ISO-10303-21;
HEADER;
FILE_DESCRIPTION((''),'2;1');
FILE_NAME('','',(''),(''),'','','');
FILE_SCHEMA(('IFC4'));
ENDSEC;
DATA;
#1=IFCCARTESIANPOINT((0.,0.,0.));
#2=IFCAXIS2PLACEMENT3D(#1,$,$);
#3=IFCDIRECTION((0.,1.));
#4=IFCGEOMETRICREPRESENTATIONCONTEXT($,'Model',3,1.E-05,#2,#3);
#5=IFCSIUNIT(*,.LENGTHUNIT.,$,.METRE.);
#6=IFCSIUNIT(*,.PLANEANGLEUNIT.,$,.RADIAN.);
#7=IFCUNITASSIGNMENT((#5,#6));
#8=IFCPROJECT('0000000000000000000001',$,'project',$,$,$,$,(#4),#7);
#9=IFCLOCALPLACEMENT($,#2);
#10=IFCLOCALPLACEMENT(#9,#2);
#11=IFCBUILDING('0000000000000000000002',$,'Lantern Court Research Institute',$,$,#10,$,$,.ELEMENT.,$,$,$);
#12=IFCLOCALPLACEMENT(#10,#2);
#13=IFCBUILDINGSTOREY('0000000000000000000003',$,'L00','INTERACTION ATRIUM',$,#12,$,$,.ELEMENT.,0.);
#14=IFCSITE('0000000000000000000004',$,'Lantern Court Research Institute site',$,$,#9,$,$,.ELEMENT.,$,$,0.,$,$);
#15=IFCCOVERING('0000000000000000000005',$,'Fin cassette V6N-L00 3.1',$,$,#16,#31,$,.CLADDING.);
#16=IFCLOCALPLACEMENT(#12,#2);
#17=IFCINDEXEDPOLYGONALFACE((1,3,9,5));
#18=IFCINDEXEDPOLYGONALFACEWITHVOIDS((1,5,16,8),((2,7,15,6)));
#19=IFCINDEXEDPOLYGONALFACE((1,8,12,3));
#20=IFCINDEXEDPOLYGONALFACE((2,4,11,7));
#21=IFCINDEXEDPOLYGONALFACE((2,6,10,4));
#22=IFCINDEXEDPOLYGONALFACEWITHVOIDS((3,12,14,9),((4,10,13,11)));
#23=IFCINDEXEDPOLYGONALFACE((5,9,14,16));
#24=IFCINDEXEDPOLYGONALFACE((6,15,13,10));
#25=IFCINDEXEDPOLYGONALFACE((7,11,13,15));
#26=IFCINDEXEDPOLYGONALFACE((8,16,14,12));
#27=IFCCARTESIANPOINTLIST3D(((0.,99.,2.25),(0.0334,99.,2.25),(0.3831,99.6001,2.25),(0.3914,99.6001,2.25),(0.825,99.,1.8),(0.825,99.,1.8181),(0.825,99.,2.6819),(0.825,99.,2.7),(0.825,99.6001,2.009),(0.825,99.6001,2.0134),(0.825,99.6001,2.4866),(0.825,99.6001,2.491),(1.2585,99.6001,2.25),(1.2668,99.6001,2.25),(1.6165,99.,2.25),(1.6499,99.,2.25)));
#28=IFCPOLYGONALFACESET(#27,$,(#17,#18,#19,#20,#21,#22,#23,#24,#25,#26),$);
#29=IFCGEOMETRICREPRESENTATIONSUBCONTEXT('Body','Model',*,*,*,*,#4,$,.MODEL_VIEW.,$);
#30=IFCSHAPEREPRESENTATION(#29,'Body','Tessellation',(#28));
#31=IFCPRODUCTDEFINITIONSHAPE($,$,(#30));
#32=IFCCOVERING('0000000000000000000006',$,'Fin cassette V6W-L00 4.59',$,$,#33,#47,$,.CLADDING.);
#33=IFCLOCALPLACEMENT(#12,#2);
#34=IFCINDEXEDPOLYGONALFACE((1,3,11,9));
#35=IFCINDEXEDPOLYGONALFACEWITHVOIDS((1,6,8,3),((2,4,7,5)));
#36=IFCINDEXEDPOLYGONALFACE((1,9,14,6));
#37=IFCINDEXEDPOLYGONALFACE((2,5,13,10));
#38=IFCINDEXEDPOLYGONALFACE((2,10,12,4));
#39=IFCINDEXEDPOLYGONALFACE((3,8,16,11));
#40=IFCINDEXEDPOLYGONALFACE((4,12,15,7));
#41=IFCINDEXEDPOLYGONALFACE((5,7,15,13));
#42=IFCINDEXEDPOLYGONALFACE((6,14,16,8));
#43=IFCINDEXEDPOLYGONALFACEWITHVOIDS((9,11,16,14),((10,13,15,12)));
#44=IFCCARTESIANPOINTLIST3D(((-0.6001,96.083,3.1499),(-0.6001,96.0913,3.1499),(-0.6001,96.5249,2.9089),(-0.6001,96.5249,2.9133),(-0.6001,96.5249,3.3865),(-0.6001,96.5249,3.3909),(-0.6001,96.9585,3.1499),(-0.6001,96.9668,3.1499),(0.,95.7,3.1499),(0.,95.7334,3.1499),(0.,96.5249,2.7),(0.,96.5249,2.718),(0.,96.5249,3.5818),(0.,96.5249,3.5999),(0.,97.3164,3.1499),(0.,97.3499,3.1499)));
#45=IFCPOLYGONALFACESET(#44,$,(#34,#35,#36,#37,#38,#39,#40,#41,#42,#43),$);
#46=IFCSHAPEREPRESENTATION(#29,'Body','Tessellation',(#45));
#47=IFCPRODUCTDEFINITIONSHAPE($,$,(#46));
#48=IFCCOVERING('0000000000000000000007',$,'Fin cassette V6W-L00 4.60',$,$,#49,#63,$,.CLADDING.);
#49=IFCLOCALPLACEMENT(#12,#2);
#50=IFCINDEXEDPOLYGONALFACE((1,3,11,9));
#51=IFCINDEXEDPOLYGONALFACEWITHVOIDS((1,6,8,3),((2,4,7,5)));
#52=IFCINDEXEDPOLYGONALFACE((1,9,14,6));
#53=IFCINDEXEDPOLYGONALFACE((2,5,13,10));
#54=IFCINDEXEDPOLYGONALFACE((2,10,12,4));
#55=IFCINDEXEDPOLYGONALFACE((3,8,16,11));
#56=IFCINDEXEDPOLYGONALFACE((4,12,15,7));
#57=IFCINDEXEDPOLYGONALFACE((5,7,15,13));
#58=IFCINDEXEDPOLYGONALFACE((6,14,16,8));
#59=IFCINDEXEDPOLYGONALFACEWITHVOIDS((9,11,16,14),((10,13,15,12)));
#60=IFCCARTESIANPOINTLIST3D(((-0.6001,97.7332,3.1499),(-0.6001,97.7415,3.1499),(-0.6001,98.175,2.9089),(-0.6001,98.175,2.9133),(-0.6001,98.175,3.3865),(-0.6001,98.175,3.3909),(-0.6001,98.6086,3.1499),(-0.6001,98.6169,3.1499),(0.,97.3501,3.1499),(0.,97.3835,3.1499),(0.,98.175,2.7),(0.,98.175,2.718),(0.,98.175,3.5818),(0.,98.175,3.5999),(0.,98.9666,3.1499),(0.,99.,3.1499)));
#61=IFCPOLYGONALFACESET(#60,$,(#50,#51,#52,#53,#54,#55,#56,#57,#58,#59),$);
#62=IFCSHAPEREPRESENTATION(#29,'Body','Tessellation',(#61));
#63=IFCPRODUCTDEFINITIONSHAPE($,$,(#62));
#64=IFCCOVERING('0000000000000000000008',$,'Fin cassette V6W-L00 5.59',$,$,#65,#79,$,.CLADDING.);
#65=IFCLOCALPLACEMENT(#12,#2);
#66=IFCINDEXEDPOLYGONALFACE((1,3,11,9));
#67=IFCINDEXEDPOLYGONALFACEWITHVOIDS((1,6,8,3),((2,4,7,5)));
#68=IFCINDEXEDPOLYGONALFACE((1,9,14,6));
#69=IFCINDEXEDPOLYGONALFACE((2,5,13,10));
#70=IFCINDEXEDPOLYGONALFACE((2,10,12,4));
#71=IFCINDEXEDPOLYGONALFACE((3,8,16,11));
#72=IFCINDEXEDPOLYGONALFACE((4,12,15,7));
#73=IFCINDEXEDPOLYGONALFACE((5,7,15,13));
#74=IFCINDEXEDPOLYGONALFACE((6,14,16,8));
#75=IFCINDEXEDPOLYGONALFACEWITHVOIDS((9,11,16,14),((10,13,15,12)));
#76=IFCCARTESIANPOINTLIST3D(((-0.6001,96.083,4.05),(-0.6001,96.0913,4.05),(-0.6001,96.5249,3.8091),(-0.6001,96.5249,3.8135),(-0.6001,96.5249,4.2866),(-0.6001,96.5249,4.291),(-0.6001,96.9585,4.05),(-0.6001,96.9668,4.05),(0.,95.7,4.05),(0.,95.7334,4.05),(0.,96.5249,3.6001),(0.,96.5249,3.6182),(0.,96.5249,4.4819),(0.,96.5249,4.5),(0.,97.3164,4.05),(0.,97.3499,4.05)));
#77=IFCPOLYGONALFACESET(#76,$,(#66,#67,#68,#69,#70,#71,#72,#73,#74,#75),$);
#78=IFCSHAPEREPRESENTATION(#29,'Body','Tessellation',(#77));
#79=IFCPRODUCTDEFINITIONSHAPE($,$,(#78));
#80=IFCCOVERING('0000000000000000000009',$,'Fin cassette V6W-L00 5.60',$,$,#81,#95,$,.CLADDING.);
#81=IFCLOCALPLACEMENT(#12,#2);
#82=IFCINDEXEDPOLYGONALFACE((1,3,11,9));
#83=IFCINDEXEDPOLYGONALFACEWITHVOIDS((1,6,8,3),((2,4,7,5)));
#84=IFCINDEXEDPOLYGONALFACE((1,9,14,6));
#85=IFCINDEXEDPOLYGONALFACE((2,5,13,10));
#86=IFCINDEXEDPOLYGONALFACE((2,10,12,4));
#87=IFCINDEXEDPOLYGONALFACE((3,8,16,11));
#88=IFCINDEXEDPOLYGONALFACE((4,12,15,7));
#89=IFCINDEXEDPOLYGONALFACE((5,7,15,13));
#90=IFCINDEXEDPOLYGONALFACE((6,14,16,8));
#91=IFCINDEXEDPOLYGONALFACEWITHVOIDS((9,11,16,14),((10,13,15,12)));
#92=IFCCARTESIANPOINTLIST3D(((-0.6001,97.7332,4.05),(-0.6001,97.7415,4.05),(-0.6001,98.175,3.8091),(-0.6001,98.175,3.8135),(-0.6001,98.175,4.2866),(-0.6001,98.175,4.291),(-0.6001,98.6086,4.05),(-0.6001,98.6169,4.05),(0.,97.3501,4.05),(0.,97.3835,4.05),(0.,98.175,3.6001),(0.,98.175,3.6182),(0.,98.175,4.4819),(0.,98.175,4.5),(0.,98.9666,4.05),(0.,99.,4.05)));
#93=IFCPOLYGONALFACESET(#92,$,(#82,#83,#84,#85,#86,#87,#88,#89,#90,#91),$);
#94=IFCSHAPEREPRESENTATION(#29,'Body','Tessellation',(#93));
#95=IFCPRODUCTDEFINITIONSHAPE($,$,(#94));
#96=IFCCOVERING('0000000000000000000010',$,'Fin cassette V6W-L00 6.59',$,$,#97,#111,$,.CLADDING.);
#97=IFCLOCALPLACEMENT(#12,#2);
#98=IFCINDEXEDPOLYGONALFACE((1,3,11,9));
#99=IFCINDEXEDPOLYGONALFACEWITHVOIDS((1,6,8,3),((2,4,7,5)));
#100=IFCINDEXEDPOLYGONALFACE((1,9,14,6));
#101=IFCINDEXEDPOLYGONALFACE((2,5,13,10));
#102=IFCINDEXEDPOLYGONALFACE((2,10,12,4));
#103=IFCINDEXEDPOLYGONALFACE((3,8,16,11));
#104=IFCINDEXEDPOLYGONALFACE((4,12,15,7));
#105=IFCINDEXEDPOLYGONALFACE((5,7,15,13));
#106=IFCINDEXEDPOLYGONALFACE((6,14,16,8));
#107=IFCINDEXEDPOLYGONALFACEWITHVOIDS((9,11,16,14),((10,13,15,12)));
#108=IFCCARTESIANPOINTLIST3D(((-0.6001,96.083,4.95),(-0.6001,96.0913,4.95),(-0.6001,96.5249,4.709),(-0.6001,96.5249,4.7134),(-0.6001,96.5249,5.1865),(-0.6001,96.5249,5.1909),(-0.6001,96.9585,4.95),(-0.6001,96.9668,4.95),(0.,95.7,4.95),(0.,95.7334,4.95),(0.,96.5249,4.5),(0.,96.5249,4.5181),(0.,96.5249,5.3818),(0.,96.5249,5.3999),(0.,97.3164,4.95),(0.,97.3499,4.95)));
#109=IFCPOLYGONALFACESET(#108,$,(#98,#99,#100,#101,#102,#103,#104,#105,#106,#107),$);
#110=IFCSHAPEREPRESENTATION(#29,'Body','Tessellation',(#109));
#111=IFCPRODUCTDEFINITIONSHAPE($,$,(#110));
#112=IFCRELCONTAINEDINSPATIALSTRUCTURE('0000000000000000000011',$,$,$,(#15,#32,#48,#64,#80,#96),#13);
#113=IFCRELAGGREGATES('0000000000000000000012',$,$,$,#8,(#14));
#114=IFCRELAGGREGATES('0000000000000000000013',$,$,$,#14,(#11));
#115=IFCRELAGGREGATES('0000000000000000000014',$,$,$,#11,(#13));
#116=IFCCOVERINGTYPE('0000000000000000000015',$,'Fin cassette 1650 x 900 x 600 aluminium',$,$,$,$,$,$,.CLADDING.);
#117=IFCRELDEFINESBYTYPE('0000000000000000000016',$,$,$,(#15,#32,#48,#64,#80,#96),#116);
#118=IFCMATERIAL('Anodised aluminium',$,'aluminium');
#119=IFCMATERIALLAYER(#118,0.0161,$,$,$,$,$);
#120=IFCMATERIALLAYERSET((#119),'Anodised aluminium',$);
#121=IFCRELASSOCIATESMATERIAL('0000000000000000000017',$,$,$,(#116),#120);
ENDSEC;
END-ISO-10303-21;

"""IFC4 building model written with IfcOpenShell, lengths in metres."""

from ifc_helpers import new_model, entity, si_unit, direction, frame, origin, place, context, subcontext, project, spatial, material, layer, layer_set, type_object, element, save


model = new_model("IFC4")

# Units and contexts
model_context = context("Model", 3, precision=1e-05, world=origin(), true_north=direction((0.0, 1.0)))
body_context = subcontext(model_context, "Body", "Model", "MODEL_VIEW")
ifc_project = project(units=[si_unit("LENGTHUNIT", "METRE"), si_unit("PLANEANGLEUNIT", "RADIAN")], contexts=[model_context])

# Site, building, storey
site_placement = place(None, origin())
site = spatial("IfcSite", under=ifc_project, at=site_placement, Name="Lantern Court Research Institute site", CompositionType="ELEMENT", RefElevation=0.0)
building_placement = place(site_placement, origin())
building = spatial("IfcBuilding", under=site, at=building_placement, Name="Lantern Court Research Institute", CompositionType="ELEMENT")
storey_placement = place(building_placement, origin())
storey = spatial("IfcBuildingStorey", under=building, at=storey_placement, Name="L00", Description="INTERACTION ATRIUM", CompositionType="ELEMENT", Elevation=0.0)

# Coverings
ifc_material_1 = material(Name="Anodised aluminium", Category="aluminium")
ifc_layer_1 = layer(ifc_material_1, 0.0161)
ifc_layer_set_1 = layer_set([ifc_layer_1], Name="Anodised aluminium")
covering_type = type_object("IfcCoveringType", Name="Fin cassette 1650 x 900 x 600 aluminium", PredefinedType="CLADDING", material=ifc_layer_set_1)
covering_1_placement = place(storey_placement, frame((0.825, 99.0, 2.25), z_axis=(0.0, 1.0, 0.0), x_axis=(-1.0, 0.0, 0.0)))
cartesian_point_1 = entity("IfcCartesianPoint", [0.825, 0.0])
cartesian_point_2 = entity("IfcCartesianPoint", [0.7915, 0.0])
cartesian_point_3 = entity("IfcCartesianPoint", [0.4419, 0.0])
cartesian_point_4 = entity("IfcCartesianPoint", [0.4336, 0.0])
element("IfcCovering", 1, at=covering_1_placement, inside=storey, type_object=covering_type, Name="Fin cassette V6N-L00 3.1", PredefinedType="CLADDING", context=body_context, shape_type="SweptSolid", body=[
    entity("IfcExtrudedAreaSolidTapered", entity("IfcArbitraryProfileDefWithVoids", "AREA", None, entity("IfcPolyline", [cartesian_point_1, entity("IfcCartesianPoint", [0.0, 0.45]), entity("IfcCartesianPoint", [-0.825, 0.0]), entity("IfcCartesianPoint", [0.0, -0.45]), cartesian_point_1]), [entity("IfcPolyline", [cartesian_point_2, entity("IfcCartesianPoint", [0.0, 0.4319]), entity("IfcCartesianPoint", [-0.7915, 0.0]), entity("IfcCartesianPoint", [0.0, -0.4319]), cartesian_point_2])]), entity("IfcAxis2Placement3D", entity("IfcCartesianPoint", [0.0, 0.0, 0.0])), entity("IfcDirection", [0.0, 0.0, 1.0]), 0.6001, entity("IfcArbitraryProfileDefWithVoids", "AREA", None, entity("IfcPolyline", [cartesian_point_3, entity("IfcCartesianPoint", [0.0, 0.241]), entity("IfcCartesianPoint", [-0.4419, 0.0]), entity("IfcCartesianPoint", [0.0, -0.241]), cartesian_point_3]), [entity("IfcPolyline", [cartesian_point_4, entity("IfcCartesianPoint", [0.0, 0.2366]), entity("IfcCartesianPoint", [-0.4336, 0.0]), entity("IfcCartesianPoint", [0.0, -0.2366]), cartesian_point_4])])),
])
covering_2_placement = place(storey_placement, frame((0.0, 96.5249, 3.1499), z_axis=(-1.0, 0.0, 0.0), x_axis=(0.0, -1.0, 0.0)))
cartesian_point_5 = entity("IfcCartesianPoint", [0.825, 0.0])
cartesian_point_6 = entity("IfcCartesianPoint", [0.7915, 0.0])
cartesian_point_7 = entity("IfcCartesianPoint", [0.4419, 0.0])
cartesian_point_8 = entity("IfcCartesianPoint", [0.4336, 0.0])
element("IfcCovering", 2, at=covering_2_placement, inside=storey, type_object=covering_type, Name="Fin cassette V6W-L00 4.59", PredefinedType="CLADDING", context=body_context, shape_type="SweptSolid", body=[
    entity("IfcExtrudedAreaSolidTapered", entity("IfcArbitraryProfileDefWithVoids", "AREA", None, entity("IfcPolyline", [cartesian_point_5, entity("IfcCartesianPoint", [0.0, 0.45]), entity("IfcCartesianPoint", [-0.825, 0.0]), entity("IfcCartesianPoint", [0.0, -0.45]), cartesian_point_5]), [entity("IfcPolyline", [cartesian_point_6, entity("IfcCartesianPoint", [0.0, 0.4319]), entity("IfcCartesianPoint", [-0.7915, 0.0]), entity("IfcCartesianPoint", [0.0, -0.4319]), cartesian_point_6])]), entity("IfcAxis2Placement3D", entity("IfcCartesianPoint", [0.0, 0.0, 0.0])), entity("IfcDirection", [0.0, 0.0, 1.0]), 0.6001, entity("IfcArbitraryProfileDefWithVoids", "AREA", None, entity("IfcPolyline", [cartesian_point_7, entity("IfcCartesianPoint", [0.0, 0.241]), entity("IfcCartesianPoint", [-0.4419, 0.0]), entity("IfcCartesianPoint", [0.0, -0.241]), cartesian_point_7]), [entity("IfcPolyline", [cartesian_point_8, entity("IfcCartesianPoint", [0.0, 0.2366]), entity("IfcCartesianPoint", [-0.4336, 0.0]), entity("IfcCartesianPoint", [0.0, -0.2366]), cartesian_point_8])])),
])
covering_3_placement = place(storey_placement, frame((0.0, 98.175, 3.1499), z_axis=(-1.0, 0.0, 0.0), x_axis=(0.0, -1.0, 0.0)))
cartesian_point_9 = entity("IfcCartesianPoint", [0.825, 0.0])
cartesian_point_10 = entity("IfcCartesianPoint", [0.7915, 0.0])
cartesian_point_11 = entity("IfcCartesianPoint", [0.4419, 0.0])
cartesian_point_12 = entity("IfcCartesianPoint", [0.4336, 0.0])
element("IfcCovering", 3, at=covering_3_placement, inside=storey, type_object=covering_type, Name="Fin cassette V6W-L00 4.60", PredefinedType="CLADDING", context=body_context, shape_type="SweptSolid", body=[
    entity("IfcExtrudedAreaSolidTapered", entity("IfcArbitraryProfileDefWithVoids", "AREA", None, entity("IfcPolyline", [cartesian_point_9, entity("IfcCartesianPoint", [0.0, 0.45]), entity("IfcCartesianPoint", [-0.825, 0.0]), entity("IfcCartesianPoint", [0.0, -0.45]), cartesian_point_9]), [entity("IfcPolyline", [cartesian_point_10, entity("IfcCartesianPoint", [0.0, 0.4319]), entity("IfcCartesianPoint", [-0.7915, 0.0]), entity("IfcCartesianPoint", [0.0, -0.4319]), cartesian_point_10])]), entity("IfcAxis2Placement3D", entity("IfcCartesianPoint", [0.0, 0.0, 0.0])), entity("IfcDirection", [0.0, 0.0, 1.0]), 0.6001, entity("IfcArbitraryProfileDefWithVoids", "AREA", None, entity("IfcPolyline", [cartesian_point_11, entity("IfcCartesianPoint", [0.0, 0.241]), entity("IfcCartesianPoint", [-0.4419, 0.0]), entity("IfcCartesianPoint", [0.0, -0.241]), cartesian_point_11]), [entity("IfcPolyline", [cartesian_point_12, entity("IfcCartesianPoint", [0.0, 0.2366]), entity("IfcCartesianPoint", [-0.4336, 0.0]), entity("IfcCartesianPoint", [0.0, -0.2366]), cartesian_point_12])])),
])
covering_4_placement = place(storey_placement, frame((0.0, 96.5249, 4.05), z_axis=(-1.0, 0.0, 0.0), x_axis=(0.0, -1.0, 0.0)))
cartesian_point_13 = entity("IfcCartesianPoint", [0.825, 0.0])
cartesian_point_14 = entity("IfcCartesianPoint", [0.7915, 0.0])
cartesian_point_15 = entity("IfcCartesianPoint", [0.4419, 0.0])
cartesian_point_16 = entity("IfcCartesianPoint", [0.4336, 0.0])
element("IfcCovering", 4, at=covering_4_placement, inside=storey, type_object=covering_type, Name="Fin cassette V6W-L00 5.59", PredefinedType="CLADDING", context=body_context, shape_type="SweptSolid", body=[
    entity("IfcExtrudedAreaSolidTapered", entity("IfcArbitraryProfileDefWithVoids", "AREA", None, entity("IfcPolyline", [cartesian_point_13, entity("IfcCartesianPoint", [0.0, 0.45]), entity("IfcCartesianPoint", [-0.825, 0.0]), entity("IfcCartesianPoint", [0.0, -0.45]), cartesian_point_13]), [entity("IfcPolyline", [cartesian_point_14, entity("IfcCartesianPoint", [0.0, 0.4319]), entity("IfcCartesianPoint", [-0.7915, 0.0]), entity("IfcCartesianPoint", [0.0, -0.4319]), cartesian_point_14])]), entity("IfcAxis2Placement3D", entity("IfcCartesianPoint", [0.0, 0.0, 0.0])), entity("IfcDirection", [0.0, 0.0, 1.0]), 0.6001, entity("IfcArbitraryProfileDefWithVoids", "AREA", None, entity("IfcPolyline", [cartesian_point_15, entity("IfcCartesianPoint", [0.0, 0.241]), entity("IfcCartesianPoint", [-0.4419, 0.0]), entity("IfcCartesianPoint", [0.0, -0.241]), cartesian_point_15]), [entity("IfcPolyline", [cartesian_point_16, entity("IfcCartesianPoint", [0.0, 0.2366]), entity("IfcCartesianPoint", [-0.4336, 0.0]), entity("IfcCartesianPoint", [0.0, -0.2366]), cartesian_point_16])])),
])
covering_5_placement = place(storey_placement, frame((0.0, 98.175, 4.05), z_axis=(-1.0, 0.0, 0.0), x_axis=(0.0, -1.0, 0.0)))
cartesian_point_17 = entity("IfcCartesianPoint", [0.825, 0.0])
cartesian_point_18 = entity("IfcCartesianPoint", [0.7915, 0.0])
cartesian_point_19 = entity("IfcCartesianPoint", [0.4419, 0.0])
cartesian_point_20 = entity("IfcCartesianPoint", [0.4336, 0.0])
element("IfcCovering", 5, at=covering_5_placement, inside=storey, type_object=covering_type, Name="Fin cassette V6W-L00 5.60", PredefinedType="CLADDING", context=body_context, shape_type="SweptSolid", body=[
    entity("IfcExtrudedAreaSolidTapered", entity("IfcArbitraryProfileDefWithVoids", "AREA", None, entity("IfcPolyline", [cartesian_point_17, entity("IfcCartesianPoint", [0.0, 0.45]), entity("IfcCartesianPoint", [-0.825, 0.0]), entity("IfcCartesianPoint", [0.0, -0.45]), cartesian_point_17]), [entity("IfcPolyline", [cartesian_point_18, entity("IfcCartesianPoint", [0.0, 0.4319]), entity("IfcCartesianPoint", [-0.7915, 0.0]), entity("IfcCartesianPoint", [0.0, -0.4319]), cartesian_point_18])]), entity("IfcAxis2Placement3D", entity("IfcCartesianPoint", [0.0, 0.0, 0.0])), entity("IfcDirection", [0.0, 0.0, 1.0]), 0.6001, entity("IfcArbitraryProfileDefWithVoids", "AREA", None, entity("IfcPolyline", [cartesian_point_19, entity("IfcCartesianPoint", [0.0, 0.241]), entity("IfcCartesianPoint", [-0.4419, 0.0]), entity("IfcCartesianPoint", [0.0, -0.241]), cartesian_point_19]), [entity("IfcPolyline", [cartesian_point_20, entity("IfcCartesianPoint", [0.0, 0.2366]), entity("IfcCartesianPoint", [-0.4336, 0.0]), entity("IfcCartesianPoint", [0.0, -0.2366]), cartesian_point_20])])),
])
covering_6_placement = place(storey_placement, frame((0.0, 96.5249, 4.95), z_axis=(-1.0, 0.0, 0.0), x_axis=(0.0, -1.0, 0.0)))
cartesian_point_21 = entity("IfcCartesianPoint", [0.825, 0.0])
cartesian_point_22 = entity("IfcCartesianPoint", [0.7915, 0.0])
cartesian_point_23 = entity("IfcCartesianPoint", [0.4419, 0.0])
cartesian_point_24 = entity("IfcCartesianPoint", [0.4336, 0.0])
element("IfcCovering", 6, at=covering_6_placement, inside=storey, type_object=covering_type, Name="Fin cassette V6W-L00 6.59", PredefinedType="CLADDING", context=body_context, shape_type="SweptSolid", body=[
    entity("IfcExtrudedAreaSolidTapered", entity("IfcArbitraryProfileDefWithVoids", "AREA", None, entity("IfcPolyline", [cartesian_point_21, entity("IfcCartesianPoint", [0.0, 0.45]), entity("IfcCartesianPoint", [-0.825, 0.0]), entity("IfcCartesianPoint", [0.0, -0.45]), cartesian_point_21]), [entity("IfcPolyline", [cartesian_point_22, entity("IfcCartesianPoint", [0.0, 0.4319]), entity("IfcCartesianPoint", [-0.7915, 0.0]), entity("IfcCartesianPoint", [0.0, -0.4319]), cartesian_point_22])]), entity("IfcAxis2Placement3D", entity("IfcCartesianPoint", [0.0, 0.0, 0.0])), entity("IfcDirection", [0.0, 0.0, 1.0]), 0.6001, entity("IfcArbitraryProfileDefWithVoids", "AREA", None, entity("IfcPolyline", [cartesian_point_23, entity("IfcCartesianPoint", [0.0, 0.241]), entity("IfcCartesianPoint", [-0.4419, 0.0]), entity("IfcCartesianPoint", [0.0, -0.241]), cartesian_point_23]), [entity("IfcPolyline", [cartesian_point_24, entity("IfcCartesianPoint", [0.0, 0.2366]), entity("IfcCartesianPoint", [-0.4336, 0.0]), entity("IfcCartesianPoint", [0.0, -0.2366]), cartesian_point_24])])),
])

save(model, "model.ifc")
